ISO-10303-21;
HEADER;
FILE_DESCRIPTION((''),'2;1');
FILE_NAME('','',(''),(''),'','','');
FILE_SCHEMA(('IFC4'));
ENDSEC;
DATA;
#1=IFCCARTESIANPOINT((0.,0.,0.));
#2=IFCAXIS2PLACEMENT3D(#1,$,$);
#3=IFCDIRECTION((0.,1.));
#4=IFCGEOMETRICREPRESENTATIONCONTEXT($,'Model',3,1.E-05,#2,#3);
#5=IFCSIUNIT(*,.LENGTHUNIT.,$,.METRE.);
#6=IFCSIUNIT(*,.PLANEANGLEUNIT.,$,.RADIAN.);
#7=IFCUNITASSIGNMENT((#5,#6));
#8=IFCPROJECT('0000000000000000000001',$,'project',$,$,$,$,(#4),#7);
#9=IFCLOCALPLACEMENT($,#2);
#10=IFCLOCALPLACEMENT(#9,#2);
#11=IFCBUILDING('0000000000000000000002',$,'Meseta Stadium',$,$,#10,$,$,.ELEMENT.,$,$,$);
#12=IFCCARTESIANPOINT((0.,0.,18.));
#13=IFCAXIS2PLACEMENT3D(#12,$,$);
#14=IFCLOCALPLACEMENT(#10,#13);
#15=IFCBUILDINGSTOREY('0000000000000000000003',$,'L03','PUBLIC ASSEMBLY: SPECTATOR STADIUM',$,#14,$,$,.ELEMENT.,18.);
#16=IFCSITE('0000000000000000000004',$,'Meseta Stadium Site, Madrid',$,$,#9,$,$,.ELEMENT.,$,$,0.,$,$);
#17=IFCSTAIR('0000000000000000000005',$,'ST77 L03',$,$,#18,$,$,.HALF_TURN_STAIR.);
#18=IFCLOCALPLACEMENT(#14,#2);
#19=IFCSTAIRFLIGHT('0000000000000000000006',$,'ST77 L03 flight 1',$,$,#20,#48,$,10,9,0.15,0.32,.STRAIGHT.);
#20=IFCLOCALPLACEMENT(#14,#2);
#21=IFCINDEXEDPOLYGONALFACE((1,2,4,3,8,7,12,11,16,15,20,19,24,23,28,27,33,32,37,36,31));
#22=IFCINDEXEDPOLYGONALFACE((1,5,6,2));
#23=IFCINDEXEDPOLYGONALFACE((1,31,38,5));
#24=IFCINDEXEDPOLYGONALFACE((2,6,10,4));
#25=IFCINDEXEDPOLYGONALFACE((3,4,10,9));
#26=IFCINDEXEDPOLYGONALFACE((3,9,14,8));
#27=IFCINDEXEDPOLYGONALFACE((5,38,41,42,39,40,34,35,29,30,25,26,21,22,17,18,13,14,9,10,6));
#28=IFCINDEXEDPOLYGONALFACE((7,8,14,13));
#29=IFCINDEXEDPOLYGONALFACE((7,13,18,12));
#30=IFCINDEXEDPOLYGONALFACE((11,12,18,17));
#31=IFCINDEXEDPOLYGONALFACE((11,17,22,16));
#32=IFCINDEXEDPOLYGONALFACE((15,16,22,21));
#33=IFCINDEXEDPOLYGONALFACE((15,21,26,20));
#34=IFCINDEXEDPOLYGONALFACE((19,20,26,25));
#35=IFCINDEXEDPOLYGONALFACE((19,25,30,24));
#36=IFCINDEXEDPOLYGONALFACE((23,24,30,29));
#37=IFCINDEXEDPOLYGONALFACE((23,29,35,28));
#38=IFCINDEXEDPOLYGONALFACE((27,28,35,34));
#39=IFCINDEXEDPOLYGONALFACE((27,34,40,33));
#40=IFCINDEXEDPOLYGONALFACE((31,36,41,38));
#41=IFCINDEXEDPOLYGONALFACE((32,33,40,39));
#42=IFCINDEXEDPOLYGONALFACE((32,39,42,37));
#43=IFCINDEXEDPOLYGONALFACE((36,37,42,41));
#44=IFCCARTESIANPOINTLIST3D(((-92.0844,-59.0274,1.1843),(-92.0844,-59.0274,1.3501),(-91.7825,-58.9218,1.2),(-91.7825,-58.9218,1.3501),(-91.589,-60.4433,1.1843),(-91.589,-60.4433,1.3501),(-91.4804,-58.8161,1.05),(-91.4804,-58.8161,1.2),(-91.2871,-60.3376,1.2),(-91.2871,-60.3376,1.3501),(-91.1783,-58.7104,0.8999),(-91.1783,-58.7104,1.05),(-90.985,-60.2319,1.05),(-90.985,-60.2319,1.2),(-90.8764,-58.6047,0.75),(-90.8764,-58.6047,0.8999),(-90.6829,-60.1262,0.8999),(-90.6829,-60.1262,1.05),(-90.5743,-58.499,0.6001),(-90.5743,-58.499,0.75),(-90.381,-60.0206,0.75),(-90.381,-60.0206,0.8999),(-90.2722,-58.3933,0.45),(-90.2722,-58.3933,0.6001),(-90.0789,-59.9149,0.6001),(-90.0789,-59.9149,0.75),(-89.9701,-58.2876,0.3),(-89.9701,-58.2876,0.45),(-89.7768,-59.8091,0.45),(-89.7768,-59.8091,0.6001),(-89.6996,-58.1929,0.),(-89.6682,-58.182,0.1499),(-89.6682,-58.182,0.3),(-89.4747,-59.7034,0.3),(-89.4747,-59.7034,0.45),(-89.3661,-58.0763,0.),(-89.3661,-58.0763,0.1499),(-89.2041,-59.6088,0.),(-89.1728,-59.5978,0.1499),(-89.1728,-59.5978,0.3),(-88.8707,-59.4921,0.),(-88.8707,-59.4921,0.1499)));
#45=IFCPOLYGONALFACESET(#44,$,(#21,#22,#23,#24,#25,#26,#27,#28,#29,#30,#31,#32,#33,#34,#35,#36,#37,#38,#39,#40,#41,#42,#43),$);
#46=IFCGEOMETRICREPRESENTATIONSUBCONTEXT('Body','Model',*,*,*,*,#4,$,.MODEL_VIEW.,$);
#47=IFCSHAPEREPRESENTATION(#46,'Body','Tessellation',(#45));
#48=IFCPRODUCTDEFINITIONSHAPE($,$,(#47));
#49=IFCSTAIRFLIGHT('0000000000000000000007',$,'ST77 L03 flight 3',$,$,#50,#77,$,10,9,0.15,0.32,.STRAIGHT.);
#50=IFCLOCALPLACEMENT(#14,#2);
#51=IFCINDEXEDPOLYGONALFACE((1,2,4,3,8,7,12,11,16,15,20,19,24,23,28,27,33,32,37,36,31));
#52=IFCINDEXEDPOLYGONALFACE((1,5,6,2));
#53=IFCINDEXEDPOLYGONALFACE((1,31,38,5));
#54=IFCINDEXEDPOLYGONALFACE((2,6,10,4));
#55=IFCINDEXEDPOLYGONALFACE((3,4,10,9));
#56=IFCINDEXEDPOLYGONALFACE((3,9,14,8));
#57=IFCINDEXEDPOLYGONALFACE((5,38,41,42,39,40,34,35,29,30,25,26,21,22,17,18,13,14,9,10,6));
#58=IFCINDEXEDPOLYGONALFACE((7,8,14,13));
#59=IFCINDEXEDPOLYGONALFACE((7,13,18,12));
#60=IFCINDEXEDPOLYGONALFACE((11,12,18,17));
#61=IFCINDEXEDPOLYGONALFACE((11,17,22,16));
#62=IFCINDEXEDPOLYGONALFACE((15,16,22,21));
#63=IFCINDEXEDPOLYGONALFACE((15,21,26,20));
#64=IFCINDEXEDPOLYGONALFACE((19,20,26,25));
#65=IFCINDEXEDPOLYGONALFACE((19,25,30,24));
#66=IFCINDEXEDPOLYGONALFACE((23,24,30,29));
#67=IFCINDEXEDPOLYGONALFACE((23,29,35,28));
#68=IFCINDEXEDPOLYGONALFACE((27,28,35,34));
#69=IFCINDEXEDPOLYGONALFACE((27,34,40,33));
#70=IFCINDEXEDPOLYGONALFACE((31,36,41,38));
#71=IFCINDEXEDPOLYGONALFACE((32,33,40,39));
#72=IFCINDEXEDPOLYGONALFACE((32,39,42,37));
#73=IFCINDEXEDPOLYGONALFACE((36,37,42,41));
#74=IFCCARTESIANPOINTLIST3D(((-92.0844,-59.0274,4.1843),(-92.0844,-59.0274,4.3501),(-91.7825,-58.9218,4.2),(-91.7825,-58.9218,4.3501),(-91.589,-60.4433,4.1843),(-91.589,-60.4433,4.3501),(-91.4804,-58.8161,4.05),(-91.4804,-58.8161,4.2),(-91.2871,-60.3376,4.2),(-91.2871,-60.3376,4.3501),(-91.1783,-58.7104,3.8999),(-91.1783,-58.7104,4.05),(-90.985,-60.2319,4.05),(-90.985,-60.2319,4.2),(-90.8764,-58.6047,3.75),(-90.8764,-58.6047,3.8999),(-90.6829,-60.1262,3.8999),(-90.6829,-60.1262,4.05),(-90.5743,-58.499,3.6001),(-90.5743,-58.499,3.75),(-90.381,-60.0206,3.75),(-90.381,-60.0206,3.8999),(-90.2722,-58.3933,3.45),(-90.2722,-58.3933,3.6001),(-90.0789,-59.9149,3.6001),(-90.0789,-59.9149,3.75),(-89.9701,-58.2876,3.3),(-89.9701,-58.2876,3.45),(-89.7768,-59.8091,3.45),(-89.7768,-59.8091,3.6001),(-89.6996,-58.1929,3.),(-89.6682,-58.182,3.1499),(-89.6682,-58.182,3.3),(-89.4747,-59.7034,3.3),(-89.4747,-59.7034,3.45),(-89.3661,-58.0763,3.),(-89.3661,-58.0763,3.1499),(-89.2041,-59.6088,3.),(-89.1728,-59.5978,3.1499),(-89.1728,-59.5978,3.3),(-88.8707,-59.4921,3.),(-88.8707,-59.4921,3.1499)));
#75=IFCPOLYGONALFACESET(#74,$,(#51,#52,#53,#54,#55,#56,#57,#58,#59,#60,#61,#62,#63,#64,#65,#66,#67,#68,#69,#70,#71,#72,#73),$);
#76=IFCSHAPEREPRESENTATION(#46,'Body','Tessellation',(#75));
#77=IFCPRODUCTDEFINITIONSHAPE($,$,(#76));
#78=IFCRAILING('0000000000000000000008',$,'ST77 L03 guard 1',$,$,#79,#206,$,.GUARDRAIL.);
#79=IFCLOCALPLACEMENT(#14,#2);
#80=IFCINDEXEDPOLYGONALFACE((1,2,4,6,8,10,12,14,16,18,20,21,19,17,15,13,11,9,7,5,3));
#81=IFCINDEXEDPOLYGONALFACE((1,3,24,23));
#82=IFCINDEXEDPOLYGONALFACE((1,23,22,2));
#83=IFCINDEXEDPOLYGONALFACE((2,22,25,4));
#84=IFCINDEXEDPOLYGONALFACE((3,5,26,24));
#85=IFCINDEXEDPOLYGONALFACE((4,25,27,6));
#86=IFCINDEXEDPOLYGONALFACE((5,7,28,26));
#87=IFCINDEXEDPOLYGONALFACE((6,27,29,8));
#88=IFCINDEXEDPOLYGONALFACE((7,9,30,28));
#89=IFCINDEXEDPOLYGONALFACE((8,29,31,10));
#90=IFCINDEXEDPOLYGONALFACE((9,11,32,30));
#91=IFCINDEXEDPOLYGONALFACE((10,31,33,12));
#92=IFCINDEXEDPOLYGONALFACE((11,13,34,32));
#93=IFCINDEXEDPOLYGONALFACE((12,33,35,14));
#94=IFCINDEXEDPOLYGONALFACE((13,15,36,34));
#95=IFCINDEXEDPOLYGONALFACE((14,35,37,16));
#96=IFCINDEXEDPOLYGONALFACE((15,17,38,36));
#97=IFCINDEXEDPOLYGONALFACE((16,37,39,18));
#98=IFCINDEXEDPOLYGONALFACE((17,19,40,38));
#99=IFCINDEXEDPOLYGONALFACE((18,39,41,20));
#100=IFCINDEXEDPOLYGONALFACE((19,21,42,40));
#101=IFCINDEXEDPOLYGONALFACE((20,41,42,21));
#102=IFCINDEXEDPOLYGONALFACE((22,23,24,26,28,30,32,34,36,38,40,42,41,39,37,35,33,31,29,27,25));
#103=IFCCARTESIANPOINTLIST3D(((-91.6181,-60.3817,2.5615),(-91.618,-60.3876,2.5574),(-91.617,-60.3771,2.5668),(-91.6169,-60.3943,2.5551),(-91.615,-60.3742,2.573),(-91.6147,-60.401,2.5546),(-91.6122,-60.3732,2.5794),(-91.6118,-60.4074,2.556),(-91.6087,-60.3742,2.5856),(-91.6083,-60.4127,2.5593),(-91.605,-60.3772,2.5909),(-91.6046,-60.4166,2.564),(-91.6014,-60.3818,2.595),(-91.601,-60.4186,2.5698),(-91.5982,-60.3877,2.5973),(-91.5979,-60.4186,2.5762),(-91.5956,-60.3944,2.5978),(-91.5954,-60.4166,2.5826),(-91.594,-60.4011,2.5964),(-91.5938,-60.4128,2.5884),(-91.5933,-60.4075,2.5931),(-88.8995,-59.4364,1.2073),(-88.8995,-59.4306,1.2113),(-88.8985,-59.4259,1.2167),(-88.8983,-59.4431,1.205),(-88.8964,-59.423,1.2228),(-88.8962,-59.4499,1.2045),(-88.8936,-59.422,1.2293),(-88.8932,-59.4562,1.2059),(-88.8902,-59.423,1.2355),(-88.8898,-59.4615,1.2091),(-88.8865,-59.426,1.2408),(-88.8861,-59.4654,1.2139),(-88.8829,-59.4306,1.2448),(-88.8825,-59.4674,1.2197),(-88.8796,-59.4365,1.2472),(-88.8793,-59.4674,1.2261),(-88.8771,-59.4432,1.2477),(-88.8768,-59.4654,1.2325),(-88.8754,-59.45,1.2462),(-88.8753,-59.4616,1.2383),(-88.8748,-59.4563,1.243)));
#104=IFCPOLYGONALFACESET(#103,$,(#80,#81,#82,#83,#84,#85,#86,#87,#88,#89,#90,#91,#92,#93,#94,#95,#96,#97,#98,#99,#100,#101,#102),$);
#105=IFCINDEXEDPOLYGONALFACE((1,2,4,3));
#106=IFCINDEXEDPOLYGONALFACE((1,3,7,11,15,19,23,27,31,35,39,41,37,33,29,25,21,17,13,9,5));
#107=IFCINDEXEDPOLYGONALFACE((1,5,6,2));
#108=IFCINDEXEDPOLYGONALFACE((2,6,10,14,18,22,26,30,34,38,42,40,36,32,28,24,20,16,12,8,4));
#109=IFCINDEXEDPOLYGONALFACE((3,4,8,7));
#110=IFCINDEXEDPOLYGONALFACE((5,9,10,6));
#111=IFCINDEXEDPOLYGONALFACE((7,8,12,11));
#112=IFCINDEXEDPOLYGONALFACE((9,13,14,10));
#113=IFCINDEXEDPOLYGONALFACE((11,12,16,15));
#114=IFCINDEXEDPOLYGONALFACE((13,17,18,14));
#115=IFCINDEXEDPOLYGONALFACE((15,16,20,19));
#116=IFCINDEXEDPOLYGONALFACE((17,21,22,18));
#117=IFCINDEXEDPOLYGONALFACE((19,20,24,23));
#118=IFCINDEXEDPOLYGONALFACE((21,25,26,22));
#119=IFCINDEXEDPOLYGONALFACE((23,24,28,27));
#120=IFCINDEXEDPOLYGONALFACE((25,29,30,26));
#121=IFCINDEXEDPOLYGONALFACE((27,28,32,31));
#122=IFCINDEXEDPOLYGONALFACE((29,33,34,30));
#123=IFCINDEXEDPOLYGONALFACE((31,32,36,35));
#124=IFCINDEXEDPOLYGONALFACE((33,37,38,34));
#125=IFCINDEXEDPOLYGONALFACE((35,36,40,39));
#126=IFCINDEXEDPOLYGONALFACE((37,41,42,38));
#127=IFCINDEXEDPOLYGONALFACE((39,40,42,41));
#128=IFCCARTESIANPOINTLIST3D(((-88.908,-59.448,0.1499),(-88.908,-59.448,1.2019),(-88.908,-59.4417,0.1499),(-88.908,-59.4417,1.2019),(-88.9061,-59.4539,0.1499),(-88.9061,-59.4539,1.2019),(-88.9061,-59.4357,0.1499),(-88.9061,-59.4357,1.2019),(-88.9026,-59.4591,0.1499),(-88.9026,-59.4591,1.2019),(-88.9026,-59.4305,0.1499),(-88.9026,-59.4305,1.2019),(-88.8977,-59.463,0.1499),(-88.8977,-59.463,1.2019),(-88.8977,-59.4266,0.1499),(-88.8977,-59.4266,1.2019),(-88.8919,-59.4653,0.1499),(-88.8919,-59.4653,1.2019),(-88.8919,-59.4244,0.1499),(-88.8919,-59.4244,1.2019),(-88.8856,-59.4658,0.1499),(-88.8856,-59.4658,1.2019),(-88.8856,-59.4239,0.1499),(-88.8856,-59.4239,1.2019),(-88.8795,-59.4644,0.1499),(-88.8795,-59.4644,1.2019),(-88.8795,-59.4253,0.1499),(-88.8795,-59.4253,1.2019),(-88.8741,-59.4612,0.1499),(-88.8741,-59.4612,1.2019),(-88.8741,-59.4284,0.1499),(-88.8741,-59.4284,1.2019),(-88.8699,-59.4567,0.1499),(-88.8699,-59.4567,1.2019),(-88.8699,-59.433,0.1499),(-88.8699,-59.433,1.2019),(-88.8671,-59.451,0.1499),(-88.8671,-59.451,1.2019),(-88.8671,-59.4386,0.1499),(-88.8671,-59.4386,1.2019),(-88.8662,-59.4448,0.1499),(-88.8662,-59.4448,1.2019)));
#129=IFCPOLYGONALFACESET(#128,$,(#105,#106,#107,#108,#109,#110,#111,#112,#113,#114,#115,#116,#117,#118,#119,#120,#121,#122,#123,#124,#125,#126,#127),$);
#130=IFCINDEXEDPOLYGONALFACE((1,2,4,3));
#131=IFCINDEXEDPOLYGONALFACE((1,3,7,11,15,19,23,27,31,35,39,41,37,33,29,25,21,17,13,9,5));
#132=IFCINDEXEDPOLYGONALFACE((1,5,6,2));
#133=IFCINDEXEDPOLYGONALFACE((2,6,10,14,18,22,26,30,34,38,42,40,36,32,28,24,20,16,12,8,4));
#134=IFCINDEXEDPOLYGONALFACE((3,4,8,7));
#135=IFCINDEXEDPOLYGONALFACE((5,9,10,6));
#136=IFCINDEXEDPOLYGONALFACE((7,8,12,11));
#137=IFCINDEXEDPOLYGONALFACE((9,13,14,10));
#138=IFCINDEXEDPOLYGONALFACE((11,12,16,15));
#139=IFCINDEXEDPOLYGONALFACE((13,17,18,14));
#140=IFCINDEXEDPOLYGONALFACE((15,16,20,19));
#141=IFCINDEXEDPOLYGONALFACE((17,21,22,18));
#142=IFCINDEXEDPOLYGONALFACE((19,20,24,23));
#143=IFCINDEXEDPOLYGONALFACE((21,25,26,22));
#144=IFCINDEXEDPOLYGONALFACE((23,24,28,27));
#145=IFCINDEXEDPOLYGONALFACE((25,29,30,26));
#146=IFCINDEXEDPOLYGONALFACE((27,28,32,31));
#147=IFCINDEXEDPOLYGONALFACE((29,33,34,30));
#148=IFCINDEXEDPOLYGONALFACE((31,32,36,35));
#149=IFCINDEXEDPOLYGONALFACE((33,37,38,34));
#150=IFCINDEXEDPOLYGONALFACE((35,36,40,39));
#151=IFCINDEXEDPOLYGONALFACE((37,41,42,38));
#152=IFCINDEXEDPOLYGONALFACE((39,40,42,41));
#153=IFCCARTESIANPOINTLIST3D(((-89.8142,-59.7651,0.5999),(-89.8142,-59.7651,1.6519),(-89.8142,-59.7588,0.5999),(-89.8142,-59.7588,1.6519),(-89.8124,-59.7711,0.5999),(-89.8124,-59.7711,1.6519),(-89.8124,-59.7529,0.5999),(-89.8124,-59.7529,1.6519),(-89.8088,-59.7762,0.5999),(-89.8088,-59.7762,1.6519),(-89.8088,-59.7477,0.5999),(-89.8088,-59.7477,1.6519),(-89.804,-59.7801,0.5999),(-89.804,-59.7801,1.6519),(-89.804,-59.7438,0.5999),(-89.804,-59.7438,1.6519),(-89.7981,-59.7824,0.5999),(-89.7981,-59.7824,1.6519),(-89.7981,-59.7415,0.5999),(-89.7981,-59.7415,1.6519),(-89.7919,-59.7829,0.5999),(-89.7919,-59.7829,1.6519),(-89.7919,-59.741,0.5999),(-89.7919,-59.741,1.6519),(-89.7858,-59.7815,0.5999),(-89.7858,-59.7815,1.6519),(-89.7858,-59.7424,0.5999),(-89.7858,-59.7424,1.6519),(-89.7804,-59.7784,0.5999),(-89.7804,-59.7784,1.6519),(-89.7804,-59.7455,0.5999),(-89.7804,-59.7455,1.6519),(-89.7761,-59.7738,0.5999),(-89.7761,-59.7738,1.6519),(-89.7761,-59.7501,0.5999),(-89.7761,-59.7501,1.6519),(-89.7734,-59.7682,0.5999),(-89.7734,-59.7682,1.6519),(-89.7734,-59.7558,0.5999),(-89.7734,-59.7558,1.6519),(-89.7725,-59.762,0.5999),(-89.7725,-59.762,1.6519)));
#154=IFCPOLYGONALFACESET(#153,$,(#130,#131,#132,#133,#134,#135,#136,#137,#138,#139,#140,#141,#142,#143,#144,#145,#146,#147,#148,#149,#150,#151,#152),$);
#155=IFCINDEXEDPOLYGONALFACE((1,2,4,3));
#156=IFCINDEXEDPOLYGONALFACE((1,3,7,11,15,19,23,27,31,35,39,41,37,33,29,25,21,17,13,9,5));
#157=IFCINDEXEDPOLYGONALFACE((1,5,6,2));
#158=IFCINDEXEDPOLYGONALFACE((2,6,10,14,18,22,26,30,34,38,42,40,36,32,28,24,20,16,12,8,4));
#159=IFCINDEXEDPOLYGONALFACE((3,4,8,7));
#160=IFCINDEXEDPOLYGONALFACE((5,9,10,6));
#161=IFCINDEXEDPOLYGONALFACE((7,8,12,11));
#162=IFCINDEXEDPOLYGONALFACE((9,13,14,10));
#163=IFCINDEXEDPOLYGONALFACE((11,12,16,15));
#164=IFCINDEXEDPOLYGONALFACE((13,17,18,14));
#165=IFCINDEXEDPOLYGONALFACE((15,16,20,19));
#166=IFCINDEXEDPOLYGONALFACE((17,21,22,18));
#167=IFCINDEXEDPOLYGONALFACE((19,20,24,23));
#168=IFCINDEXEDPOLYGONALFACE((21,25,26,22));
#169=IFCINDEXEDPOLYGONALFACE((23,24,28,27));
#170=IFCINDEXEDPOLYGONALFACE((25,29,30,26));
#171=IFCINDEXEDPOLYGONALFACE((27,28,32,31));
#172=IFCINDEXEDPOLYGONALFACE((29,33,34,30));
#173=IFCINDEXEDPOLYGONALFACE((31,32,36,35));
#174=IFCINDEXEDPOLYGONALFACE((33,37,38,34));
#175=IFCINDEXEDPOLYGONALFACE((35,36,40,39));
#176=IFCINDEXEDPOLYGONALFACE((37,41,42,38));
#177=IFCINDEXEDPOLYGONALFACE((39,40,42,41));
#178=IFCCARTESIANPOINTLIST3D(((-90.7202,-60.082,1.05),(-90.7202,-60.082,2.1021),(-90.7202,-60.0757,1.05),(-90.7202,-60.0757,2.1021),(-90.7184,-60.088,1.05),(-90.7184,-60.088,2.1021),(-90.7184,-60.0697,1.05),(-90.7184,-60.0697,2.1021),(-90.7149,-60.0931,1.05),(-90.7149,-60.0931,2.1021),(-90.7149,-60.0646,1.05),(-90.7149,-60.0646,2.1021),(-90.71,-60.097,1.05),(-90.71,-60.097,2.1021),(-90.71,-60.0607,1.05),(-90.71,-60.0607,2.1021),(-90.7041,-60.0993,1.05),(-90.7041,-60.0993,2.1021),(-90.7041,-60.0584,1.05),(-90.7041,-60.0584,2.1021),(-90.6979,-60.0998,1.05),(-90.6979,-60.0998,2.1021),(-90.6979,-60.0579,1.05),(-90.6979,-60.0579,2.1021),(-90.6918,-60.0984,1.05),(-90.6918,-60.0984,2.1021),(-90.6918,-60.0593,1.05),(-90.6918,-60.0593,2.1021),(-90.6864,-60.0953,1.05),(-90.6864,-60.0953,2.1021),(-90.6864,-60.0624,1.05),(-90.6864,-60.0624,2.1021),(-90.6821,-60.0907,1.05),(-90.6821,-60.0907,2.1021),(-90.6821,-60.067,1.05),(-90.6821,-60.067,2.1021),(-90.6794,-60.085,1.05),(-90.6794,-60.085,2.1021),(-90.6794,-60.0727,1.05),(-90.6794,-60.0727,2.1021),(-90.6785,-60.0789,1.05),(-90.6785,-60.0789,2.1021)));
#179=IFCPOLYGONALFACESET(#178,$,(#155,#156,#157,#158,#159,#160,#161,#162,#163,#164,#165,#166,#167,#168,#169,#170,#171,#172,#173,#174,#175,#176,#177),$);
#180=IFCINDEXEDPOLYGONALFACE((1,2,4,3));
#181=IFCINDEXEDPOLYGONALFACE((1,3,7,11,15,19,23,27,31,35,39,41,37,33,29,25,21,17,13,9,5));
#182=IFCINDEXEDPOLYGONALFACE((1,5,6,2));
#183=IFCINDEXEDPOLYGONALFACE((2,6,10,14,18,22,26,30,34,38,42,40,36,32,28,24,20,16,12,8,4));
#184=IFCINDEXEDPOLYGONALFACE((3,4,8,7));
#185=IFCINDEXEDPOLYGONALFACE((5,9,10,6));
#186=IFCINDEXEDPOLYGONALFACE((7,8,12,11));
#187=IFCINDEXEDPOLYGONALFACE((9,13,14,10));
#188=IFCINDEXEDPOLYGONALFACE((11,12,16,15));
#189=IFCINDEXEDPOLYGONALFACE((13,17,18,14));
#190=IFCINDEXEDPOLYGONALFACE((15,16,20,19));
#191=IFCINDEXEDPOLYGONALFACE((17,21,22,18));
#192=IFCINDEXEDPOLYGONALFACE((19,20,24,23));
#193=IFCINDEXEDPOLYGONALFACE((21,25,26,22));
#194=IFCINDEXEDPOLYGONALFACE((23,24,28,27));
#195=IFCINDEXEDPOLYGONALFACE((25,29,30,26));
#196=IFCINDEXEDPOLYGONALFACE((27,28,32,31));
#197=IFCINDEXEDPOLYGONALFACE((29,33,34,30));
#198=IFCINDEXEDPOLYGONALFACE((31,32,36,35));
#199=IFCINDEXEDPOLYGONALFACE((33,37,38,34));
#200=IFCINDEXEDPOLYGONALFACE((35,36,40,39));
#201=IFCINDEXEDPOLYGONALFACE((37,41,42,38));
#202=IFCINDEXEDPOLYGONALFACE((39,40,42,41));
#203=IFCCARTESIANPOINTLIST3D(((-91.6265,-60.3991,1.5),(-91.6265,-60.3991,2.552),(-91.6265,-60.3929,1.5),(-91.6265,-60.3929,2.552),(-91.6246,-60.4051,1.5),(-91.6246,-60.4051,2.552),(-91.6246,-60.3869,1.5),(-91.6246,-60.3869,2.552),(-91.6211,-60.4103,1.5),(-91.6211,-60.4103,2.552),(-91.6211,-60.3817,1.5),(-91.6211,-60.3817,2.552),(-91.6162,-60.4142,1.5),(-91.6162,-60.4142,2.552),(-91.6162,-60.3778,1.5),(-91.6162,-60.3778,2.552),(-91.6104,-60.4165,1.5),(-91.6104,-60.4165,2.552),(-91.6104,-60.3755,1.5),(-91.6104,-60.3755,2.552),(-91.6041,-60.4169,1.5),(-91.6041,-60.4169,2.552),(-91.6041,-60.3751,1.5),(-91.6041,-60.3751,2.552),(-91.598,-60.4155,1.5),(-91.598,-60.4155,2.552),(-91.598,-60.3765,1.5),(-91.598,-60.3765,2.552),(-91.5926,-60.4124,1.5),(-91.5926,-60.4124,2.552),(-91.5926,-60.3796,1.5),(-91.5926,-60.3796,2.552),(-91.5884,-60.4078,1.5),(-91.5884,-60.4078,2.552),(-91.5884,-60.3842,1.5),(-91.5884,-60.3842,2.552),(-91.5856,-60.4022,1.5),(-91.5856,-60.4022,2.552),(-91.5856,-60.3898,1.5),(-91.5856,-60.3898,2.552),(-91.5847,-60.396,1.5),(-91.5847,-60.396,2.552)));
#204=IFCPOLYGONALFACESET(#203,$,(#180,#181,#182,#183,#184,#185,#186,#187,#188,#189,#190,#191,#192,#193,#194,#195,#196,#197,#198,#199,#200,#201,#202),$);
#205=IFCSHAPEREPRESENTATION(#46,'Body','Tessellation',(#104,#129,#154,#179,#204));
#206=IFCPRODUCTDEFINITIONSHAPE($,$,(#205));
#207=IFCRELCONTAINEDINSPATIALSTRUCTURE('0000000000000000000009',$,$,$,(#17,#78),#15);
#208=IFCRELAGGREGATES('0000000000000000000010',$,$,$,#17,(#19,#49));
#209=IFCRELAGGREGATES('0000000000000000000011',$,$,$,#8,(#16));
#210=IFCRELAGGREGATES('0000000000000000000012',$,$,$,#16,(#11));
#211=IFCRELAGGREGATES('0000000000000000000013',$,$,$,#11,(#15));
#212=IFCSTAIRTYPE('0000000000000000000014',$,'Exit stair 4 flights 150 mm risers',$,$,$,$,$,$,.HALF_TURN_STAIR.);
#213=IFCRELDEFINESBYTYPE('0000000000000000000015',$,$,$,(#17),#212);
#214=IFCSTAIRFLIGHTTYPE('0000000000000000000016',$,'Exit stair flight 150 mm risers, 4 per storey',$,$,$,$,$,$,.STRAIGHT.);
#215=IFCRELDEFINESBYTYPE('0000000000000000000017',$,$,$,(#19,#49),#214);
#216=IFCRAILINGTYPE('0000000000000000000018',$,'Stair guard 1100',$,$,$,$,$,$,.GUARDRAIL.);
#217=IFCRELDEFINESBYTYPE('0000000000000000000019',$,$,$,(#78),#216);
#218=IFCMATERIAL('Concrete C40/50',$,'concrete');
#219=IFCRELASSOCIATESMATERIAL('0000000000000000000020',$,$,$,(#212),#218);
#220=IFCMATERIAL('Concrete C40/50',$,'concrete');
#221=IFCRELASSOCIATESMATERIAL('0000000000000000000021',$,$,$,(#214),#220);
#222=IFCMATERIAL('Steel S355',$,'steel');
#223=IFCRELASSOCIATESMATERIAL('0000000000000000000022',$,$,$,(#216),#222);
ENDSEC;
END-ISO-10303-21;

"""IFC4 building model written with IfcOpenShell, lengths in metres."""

from ifc_helpers import new_model, si_unit, direction, frame, origin, origin_2d, place, context, subcontext, project, spatial, polyline, circle, outline, extrude, material, type_object, element, aggregate, save


model = new_model("IFC4")

# Units and contexts
model_context = context("Model", 3, precision=1e-05, world=origin(), true_north=direction((0.0, 1.0)))
body_context = subcontext(model_context, "Body", "Model", "MODEL_VIEW")
ifc_project = project(units=[si_unit("LENGTHUNIT", "METRE"), si_unit("PLANEANGLEUNIT", "RADIAN")], contexts=[model_context])

# Site, building, storey
site_placement = place(None, origin())
site = spatial("IfcSite", under=ifc_project, at=site_placement, Name="Meseta Stadium Site, Madrid", CompositionType="ELEMENT", RefElevation=0.0)
building_placement = place(site_placement, origin())
building = spatial("IfcBuilding", under=site, at=building_placement, Name="Meseta Stadium", CompositionType="ELEMENT")
storey_placement = place(building_placement, frame((0.0, 0.0, 18.0)))
storey = spatial("IfcBuildingStorey", under=building, at=storey_placement, Name="L03", Description="PUBLIC ASSEMBLY: SPECTATOR STADIUM", CompositionType="ELEMENT", Elevation=18.0)

# Stair, stair flights
ifc_material_1 = material(Name="Concrete C40/50", Category="concrete")
stair_type = type_object("IfcStairType", Name="Exit stair 4 flights 150 mm risers", PredefinedType="HALF_TURN_STAIR", material=ifc_material_1)
stair_placement = place(storey_placement, origin())
stair = element("IfcStair", 1, at=stair_placement, inside=storey, type_object=stair_type, Name="ST77 L03", PredefinedType="HALF_TURN_STAIR")
ifc_material_2 = material(Name="Concrete C40/50", Category="concrete")
stair_flight_type = type_object("IfcStairFlightType", Name="Exit stair flight 150 mm risers, 4 per storey", PredefinedType="STRAIGHT", material=ifc_material_2)
stair_flight_1_placement = place(storey_placement, frame((-89.1184, -58.7842, 0.0), z_axis=(0.0, 0.0, 1.0), x_axis=(-0.943883, -0.330279, 0.0)))
stair_flight_1 = element("IfcStairFlight", 2, at=stair_flight_1_placement, type_object=stair_flight_type, Name="ST77 L03 flight 1", NumberOfRisers=10, NumberOfTreads=9, PredefinedType="STRAIGHT", RiserHeight=0.15, TreadLength=0.32, context=body_context, shape_type="SweptSolid", body=[
    extrude(outline(polyline([(0.0, 0.0), (0.0, 0.1499), (0.3201, 0.1499), (0.3201, 0.3), (0.6399, 0.3), (0.6399, 0.45), (0.96, 0.45), (0.96, 0.6001), (1.28, 0.6001), (1.28, 0.75), (1.6001, 0.75), (1.6001, 0.8999), (1.9199, 0.8999), (1.9199, 1.05), (2.24, 1.05), (2.24, 1.2), (2.5601, 1.2), (2.5601, 1.3501), (2.8799, 1.3501), (2.8799, 1.1843), (0.3533, 0.0), (0.0, 0.0)])), frame((0.0, 0.75, 0.0), z_axis=(0.0, -1.0, 0.0), x_axis=(1.0, 0.0, 0.0)), (0.0, 0.0, 1.0), 1.5),
])
stair_flight_2_placement = place(storey_placement, frame((-89.1184, -58.7842, 3.0), z_axis=(0.0, 0.0, 1.0), x_axis=(-0.943883, -0.330279, 0.0)))
stair_flight_2 = element("IfcStairFlight", 3, at=stair_flight_2_placement, type_object=stair_flight_type, Name="ST77 L03 flight 3", NumberOfRisers=10, NumberOfTreads=9, PredefinedType="STRAIGHT", RiserHeight=0.15, TreadLength=0.32, context=body_context, shape_type="SweptSolid", body=[
    extrude(outline(polyline([(0.0, 0.0), (0.0, 0.1499), (0.3201, 0.1499), (0.3201, 0.3), (0.6399, 0.3), (0.6399, 0.45), (0.96, 0.45), (0.96, 0.6001), (1.28, 0.6001), (1.28, 0.75), (1.6001, 0.75), (1.6001, 0.8999), (1.9199, 0.8999), (1.9199, 1.05), (2.24, 1.05), (2.24, 1.2), (2.5601, 1.2), (2.5601, 1.3501), (2.8799, 1.3501), (2.8799, 1.1843), (0.3533, 0.0), (0.0, 0.0)])), frame((0.0, 0.75, 0.0), z_axis=(0.0, -1.0, 0.0), x_axis=(1.0, 0.0, 0.0)), (0.0, 0.0, 1.0), 1.5),
])
aggregate(stair, [stair_flight_1, stair_flight_2])

# Railing
ifc_material_3 = material(Name="Steel S355", Category="steel")
railing_type_1 = type_object("IfcRailingType", Name="Stair guard 1100", PredefinedType="GUARDRAIL", material=ifc_material_3)
railing_1_placement = place(storey_placement, frame((-88.8872, -59.4448, 0.1499)))
element("IfcRailing", 4, at=railing_1_placement, inside=storey, type_object=railing_type_1, Name="ST77 L03 guard 1", PredefinedType="GUARDRAIL", context=body_context, shape_type="SweptSolid", body=[
    extrude(circle(Radius=0.0239, at=origin_2d()), frame((0.0, 0.0, 1.0762), z_axis=(-0.854649, -0.299031, 0.424446), x_axis=(0.330256, -0.943891, 0.0)), (0.0, 0.0, 1.0), 3.1809),
    extrude(circle(Radius=0.021, at=origin_2d()), origin(), (0.0, 0.0, 1.0), 1.052),
    extrude(circle(Radius=0.021, at=origin_2d()), frame((-0.9062, -0.3171, 0.45)), (0.0, 0.0, 1.0), 1.052),
    extrude(circle(Radius=0.021, at=origin_2d()), frame((-1.8123, -0.634, 0.9001)), (0.0, 0.0, 1.0), 1.052),
    extrude(circle(Radius=0.021, at=origin_2d()), frame((-2.7185, -0.9512, 1.3501)), (0.0, 0.0, 1.0), 1.052),
])

save(model, "model.ifc")
